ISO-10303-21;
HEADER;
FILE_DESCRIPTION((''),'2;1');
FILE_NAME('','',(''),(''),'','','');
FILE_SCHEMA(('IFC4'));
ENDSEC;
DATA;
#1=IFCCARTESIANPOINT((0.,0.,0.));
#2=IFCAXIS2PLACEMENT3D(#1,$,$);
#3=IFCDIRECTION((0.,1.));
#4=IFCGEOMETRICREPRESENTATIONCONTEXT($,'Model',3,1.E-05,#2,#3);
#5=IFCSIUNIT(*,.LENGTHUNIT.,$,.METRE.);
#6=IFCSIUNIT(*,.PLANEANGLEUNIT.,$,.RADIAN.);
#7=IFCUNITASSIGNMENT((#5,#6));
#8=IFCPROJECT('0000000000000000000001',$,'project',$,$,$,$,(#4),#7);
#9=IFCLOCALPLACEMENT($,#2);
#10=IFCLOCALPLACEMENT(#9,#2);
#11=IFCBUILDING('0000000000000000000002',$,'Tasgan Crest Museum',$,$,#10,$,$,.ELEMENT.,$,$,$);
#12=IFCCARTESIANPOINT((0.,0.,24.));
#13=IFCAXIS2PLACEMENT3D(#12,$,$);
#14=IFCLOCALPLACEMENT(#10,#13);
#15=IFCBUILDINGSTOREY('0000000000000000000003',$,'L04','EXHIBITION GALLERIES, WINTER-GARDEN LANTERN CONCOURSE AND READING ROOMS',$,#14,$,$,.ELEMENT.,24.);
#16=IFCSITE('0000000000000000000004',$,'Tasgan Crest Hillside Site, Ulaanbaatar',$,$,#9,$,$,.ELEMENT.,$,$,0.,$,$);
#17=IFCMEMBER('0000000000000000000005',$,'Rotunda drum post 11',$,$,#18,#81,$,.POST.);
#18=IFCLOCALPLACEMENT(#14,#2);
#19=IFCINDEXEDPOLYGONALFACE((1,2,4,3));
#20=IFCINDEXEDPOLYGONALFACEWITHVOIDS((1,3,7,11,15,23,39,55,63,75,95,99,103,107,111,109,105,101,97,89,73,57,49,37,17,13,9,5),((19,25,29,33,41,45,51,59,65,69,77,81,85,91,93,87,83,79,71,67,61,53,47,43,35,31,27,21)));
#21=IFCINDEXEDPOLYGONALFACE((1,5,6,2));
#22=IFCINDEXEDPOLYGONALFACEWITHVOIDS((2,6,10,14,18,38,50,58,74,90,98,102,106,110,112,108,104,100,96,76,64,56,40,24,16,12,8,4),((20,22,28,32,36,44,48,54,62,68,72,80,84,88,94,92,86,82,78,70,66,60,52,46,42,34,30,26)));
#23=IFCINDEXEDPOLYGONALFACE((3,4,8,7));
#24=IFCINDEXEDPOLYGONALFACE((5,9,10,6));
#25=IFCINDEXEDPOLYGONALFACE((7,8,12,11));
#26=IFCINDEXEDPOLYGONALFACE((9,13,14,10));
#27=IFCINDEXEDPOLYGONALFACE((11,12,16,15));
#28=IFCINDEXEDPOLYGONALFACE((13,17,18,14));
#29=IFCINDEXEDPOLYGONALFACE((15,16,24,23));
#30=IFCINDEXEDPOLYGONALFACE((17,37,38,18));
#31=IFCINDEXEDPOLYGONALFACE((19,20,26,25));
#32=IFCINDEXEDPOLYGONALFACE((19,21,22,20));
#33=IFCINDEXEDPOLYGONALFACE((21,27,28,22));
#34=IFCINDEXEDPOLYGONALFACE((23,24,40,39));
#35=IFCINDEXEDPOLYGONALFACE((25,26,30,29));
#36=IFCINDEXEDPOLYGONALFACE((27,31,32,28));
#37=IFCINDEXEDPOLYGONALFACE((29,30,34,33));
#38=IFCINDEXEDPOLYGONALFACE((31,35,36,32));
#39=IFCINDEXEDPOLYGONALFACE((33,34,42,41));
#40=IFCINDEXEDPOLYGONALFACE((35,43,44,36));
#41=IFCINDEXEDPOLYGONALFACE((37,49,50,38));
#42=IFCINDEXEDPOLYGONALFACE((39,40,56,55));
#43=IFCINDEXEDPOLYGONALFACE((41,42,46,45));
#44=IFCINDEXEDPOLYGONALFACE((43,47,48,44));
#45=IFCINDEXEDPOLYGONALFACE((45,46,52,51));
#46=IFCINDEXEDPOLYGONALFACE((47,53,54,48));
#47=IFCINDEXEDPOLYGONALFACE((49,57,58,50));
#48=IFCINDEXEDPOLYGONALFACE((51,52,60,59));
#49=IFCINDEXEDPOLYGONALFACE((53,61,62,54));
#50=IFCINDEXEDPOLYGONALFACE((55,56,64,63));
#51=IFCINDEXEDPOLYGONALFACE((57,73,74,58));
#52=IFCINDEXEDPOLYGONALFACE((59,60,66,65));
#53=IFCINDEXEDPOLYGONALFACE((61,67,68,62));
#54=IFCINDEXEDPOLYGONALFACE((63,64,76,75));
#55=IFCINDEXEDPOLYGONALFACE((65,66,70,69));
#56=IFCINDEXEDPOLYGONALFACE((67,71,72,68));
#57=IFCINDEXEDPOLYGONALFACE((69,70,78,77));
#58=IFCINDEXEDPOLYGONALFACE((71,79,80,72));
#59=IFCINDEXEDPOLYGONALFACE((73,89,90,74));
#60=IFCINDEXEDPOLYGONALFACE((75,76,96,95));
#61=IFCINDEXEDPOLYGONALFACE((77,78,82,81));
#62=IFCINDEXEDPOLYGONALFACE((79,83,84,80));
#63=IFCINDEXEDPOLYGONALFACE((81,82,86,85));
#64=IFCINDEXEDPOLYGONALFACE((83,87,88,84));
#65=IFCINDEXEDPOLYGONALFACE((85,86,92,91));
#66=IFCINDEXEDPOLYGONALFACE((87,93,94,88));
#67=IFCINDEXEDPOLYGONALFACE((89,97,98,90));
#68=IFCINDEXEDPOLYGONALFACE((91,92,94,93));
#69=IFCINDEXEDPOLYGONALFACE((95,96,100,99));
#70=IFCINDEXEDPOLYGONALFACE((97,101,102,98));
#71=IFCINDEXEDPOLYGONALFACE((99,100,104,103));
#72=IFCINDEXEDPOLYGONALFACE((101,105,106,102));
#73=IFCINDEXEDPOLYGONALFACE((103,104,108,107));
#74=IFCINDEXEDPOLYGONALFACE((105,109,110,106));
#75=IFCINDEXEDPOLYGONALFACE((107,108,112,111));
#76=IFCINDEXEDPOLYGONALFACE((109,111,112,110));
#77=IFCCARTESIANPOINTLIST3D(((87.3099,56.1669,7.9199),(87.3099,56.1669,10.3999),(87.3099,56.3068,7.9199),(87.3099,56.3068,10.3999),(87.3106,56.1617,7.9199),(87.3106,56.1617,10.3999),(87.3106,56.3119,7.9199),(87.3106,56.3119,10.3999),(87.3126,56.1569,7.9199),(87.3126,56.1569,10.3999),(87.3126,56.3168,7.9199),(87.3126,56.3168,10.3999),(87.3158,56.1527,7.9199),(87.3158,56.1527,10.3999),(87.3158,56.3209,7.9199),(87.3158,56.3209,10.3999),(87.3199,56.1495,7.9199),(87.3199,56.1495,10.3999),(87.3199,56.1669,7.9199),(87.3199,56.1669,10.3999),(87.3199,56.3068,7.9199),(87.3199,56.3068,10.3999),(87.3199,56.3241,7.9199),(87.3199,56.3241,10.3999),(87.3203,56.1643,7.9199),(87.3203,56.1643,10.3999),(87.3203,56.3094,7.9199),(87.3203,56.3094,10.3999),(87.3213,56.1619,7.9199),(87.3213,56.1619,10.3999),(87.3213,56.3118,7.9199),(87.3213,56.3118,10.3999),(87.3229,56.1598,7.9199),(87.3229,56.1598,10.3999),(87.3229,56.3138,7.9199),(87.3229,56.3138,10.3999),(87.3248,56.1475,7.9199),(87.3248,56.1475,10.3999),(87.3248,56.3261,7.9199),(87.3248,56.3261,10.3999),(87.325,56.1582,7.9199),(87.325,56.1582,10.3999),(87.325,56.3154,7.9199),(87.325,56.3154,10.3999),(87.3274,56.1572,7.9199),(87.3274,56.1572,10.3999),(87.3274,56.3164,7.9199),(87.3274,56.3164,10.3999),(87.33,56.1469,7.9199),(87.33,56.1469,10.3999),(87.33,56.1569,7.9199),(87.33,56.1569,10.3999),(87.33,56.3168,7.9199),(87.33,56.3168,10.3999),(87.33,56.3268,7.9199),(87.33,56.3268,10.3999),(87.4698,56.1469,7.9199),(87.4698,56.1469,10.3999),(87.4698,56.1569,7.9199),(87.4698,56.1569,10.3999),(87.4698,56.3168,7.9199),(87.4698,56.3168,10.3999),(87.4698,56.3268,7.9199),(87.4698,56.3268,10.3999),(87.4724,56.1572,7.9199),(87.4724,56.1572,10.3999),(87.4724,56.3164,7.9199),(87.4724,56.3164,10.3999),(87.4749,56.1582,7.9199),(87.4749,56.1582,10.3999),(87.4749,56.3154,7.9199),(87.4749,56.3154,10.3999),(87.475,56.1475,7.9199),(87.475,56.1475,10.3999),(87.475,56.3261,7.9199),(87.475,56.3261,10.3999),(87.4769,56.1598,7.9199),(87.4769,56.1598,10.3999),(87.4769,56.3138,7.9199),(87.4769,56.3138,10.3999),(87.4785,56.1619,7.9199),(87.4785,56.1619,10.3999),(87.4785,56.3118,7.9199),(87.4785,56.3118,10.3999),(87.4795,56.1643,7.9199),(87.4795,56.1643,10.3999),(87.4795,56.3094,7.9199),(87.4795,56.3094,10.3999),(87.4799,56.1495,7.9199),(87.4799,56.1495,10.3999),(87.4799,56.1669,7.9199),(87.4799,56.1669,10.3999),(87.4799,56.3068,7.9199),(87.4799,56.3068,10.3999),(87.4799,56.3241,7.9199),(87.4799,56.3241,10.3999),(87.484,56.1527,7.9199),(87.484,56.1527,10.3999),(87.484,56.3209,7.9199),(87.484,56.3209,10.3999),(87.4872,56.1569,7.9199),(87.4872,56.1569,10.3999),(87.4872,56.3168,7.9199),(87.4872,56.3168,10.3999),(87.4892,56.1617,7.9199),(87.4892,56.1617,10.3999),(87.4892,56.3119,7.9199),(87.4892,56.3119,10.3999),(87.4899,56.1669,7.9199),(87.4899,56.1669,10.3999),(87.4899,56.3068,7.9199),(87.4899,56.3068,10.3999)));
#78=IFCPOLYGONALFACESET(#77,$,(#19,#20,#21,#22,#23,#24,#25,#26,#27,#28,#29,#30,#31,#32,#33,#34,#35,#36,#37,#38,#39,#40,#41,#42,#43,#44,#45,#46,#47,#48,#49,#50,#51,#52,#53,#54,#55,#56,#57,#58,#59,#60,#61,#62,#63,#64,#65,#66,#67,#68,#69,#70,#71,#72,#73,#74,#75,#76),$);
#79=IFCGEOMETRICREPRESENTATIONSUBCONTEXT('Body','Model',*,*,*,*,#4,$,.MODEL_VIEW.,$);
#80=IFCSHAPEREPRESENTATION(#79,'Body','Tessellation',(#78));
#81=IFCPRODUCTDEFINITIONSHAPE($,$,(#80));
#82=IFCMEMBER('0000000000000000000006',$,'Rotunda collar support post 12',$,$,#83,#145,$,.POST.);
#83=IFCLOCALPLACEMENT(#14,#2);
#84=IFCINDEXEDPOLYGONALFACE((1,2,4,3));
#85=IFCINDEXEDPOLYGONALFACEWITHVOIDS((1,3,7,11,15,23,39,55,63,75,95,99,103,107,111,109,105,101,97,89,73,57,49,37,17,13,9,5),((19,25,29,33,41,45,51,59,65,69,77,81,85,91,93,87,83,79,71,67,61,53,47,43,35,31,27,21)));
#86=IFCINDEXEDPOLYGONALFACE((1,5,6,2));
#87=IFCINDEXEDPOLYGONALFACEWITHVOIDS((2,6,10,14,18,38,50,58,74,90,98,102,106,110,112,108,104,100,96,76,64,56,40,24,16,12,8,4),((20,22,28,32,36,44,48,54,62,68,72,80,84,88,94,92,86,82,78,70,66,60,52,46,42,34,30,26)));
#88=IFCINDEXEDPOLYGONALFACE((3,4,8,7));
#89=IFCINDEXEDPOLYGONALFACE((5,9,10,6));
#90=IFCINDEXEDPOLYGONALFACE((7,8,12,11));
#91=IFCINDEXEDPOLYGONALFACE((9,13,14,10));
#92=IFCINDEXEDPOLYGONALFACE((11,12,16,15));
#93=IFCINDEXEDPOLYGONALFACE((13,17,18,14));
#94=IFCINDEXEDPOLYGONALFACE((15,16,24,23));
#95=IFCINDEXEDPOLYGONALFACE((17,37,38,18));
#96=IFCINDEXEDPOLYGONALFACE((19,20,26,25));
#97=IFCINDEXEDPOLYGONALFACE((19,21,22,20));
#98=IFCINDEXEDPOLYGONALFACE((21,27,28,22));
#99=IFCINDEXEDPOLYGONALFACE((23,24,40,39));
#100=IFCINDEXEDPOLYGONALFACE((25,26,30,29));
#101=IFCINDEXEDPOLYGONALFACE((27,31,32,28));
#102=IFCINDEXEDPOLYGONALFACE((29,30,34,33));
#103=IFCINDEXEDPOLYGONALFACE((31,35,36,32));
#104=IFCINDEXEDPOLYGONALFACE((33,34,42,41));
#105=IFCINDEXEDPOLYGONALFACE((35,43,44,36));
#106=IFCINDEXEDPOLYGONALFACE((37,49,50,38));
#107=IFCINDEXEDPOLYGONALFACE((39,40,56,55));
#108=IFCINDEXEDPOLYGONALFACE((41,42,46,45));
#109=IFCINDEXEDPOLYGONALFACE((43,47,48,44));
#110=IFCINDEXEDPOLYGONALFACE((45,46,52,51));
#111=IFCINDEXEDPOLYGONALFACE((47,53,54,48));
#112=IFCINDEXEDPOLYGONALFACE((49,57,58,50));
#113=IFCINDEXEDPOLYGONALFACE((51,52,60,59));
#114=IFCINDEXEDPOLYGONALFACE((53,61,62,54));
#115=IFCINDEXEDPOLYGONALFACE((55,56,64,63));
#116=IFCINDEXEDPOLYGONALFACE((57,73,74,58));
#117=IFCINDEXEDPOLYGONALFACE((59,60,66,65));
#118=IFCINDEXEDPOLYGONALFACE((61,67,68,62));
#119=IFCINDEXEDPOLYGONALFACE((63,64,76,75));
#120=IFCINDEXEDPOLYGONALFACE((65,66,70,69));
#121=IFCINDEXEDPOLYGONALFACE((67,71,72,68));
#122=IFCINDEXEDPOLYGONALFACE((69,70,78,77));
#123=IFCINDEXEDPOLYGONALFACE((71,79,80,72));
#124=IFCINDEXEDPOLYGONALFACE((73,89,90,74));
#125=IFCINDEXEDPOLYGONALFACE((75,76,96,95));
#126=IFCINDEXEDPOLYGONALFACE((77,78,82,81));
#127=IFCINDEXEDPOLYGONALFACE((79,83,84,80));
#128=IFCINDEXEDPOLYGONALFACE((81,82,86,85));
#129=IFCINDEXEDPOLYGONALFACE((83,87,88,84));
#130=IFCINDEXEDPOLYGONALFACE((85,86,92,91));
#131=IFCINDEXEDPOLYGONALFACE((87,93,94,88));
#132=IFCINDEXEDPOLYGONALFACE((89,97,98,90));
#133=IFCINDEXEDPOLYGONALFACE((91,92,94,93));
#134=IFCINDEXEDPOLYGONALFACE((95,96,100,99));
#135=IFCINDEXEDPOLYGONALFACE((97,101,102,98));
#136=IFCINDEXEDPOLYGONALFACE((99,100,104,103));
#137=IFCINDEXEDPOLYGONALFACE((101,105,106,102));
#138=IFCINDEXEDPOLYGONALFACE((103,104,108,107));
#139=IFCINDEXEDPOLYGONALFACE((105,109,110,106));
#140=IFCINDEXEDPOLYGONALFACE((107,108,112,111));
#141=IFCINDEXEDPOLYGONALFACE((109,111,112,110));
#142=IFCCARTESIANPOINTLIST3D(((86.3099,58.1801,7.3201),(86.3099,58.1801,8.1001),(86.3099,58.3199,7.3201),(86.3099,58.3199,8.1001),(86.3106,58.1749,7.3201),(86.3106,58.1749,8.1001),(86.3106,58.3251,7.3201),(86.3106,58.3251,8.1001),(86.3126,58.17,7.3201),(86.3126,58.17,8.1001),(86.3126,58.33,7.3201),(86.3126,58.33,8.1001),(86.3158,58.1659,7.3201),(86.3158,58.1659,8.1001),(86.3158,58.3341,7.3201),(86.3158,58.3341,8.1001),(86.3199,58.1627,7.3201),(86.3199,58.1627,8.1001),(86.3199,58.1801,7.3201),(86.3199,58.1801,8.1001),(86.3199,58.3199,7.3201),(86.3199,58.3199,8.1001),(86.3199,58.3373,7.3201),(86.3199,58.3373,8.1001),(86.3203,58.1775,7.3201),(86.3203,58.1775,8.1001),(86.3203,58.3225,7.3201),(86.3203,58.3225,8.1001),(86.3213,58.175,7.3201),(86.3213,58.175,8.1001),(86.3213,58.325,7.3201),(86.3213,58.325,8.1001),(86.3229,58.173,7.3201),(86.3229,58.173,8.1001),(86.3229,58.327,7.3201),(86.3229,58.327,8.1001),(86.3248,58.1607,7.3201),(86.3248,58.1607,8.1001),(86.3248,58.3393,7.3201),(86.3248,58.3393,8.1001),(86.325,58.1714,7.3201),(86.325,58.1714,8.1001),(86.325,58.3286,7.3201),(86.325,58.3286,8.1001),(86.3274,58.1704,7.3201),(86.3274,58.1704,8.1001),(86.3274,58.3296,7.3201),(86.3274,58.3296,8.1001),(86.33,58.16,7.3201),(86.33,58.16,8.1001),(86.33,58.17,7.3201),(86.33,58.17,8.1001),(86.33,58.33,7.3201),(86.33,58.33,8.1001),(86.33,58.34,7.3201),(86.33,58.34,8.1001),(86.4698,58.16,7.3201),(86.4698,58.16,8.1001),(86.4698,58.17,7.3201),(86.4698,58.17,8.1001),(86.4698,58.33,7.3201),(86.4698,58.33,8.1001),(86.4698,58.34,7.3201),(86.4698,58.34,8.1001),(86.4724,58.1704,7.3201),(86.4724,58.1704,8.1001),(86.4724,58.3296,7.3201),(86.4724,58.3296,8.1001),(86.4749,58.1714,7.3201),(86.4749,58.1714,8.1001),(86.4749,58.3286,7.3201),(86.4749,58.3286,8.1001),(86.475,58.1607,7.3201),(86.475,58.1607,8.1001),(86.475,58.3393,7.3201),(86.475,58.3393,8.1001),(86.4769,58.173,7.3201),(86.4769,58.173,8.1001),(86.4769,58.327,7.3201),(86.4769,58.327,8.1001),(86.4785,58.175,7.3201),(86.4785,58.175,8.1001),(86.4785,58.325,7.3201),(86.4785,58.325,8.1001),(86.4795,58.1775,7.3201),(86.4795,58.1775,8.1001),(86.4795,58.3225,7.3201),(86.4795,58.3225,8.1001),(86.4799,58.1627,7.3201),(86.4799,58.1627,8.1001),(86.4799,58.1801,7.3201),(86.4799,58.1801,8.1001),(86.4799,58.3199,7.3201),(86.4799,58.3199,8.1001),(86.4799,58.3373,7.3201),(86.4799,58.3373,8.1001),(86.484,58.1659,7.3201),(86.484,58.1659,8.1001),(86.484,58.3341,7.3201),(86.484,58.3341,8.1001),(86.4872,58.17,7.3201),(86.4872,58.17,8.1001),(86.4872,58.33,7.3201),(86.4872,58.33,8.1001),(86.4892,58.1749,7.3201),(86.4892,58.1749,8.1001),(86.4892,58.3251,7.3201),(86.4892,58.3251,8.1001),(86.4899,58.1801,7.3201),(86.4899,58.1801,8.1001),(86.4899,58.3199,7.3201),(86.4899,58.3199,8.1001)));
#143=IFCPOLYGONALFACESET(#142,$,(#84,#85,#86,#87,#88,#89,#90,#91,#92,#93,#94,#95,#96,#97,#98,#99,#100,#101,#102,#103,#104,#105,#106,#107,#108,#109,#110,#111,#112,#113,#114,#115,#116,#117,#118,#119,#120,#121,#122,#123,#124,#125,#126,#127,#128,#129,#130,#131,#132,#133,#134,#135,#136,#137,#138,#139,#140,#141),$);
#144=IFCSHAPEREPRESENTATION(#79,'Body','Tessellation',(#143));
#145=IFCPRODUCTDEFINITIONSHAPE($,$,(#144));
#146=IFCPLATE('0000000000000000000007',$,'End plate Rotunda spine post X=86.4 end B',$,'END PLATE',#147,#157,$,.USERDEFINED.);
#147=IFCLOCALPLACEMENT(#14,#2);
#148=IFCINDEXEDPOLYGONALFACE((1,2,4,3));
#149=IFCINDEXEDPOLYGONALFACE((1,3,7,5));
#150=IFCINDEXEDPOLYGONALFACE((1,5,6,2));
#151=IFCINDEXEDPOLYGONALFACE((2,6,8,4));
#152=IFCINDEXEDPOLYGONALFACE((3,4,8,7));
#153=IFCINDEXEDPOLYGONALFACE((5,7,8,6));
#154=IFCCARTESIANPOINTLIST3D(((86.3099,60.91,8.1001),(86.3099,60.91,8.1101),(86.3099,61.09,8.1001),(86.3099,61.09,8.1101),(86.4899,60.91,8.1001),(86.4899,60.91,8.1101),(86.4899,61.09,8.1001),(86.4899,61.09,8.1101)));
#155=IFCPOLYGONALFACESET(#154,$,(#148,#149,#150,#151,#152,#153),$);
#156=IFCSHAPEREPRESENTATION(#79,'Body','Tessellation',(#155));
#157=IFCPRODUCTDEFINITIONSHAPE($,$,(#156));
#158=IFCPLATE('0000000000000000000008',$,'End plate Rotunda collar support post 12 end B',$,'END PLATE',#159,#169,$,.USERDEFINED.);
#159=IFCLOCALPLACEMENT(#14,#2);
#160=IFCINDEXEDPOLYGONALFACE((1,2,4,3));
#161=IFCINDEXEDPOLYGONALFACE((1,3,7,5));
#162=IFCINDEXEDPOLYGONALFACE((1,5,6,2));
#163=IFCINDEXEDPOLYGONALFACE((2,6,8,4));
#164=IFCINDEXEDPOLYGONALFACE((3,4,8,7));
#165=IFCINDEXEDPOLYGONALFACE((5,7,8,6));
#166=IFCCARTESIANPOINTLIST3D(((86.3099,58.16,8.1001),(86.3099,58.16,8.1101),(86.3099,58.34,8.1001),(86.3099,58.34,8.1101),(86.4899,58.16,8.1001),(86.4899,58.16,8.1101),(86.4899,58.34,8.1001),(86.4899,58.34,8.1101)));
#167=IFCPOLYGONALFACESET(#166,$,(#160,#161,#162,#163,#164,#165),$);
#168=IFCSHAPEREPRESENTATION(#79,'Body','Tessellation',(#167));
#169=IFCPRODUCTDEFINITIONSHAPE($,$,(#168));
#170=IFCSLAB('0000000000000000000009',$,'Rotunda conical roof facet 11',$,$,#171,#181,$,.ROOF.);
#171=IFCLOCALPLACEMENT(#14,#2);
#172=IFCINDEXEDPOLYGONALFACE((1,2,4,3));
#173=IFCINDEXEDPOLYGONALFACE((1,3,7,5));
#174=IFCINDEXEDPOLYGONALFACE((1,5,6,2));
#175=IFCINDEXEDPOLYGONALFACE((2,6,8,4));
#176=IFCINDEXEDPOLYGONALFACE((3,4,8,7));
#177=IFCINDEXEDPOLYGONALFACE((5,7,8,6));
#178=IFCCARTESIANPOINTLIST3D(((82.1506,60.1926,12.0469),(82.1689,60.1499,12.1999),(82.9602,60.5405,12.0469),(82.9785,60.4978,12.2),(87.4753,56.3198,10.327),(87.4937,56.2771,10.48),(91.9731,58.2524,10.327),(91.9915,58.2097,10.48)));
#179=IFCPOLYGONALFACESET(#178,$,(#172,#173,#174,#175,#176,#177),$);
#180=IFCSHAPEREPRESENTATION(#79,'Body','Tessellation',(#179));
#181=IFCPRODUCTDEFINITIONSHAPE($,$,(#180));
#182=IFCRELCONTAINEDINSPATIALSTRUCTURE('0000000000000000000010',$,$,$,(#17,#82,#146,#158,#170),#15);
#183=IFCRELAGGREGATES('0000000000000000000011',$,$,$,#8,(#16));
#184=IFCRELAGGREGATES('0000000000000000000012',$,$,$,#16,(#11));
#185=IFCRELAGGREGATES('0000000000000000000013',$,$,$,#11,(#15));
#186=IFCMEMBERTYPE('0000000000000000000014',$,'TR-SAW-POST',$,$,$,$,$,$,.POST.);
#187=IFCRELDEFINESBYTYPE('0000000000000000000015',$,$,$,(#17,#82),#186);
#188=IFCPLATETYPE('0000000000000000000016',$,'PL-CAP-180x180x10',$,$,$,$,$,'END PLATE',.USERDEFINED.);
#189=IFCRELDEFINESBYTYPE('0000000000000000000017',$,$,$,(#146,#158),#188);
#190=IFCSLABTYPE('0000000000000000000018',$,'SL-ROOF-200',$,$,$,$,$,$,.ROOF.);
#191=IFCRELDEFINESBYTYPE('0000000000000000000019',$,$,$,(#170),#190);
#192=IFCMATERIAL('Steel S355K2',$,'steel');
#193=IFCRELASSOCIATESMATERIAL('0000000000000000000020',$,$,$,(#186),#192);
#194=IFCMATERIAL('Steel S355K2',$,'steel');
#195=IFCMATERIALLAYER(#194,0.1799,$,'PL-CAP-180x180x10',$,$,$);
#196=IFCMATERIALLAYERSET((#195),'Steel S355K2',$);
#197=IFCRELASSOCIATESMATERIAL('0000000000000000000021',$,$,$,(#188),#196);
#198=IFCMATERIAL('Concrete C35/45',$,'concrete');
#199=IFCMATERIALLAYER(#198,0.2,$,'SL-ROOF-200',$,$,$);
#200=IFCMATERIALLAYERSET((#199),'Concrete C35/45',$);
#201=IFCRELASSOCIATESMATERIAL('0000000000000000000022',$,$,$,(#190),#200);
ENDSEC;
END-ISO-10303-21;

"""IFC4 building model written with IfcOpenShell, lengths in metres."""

from ifc_helpers import new_model, si_unit, direction, frame, origin, origin_2d, place, context, subcontext, project, spatial, polyline, rectangle, hollow_rectangle, outline, extrude, material, layer, layer_set, material_profile, profile_set, type_object, element, save


model = new_model("IFC4")

# Units and contexts
model_context = context("Model", 3, precision=1e-05, world=origin(), true_north=direction((0.0, 1.0)))
body_context = subcontext(model_context, "Body", "Model", "MODEL_VIEW")
ifc_project = project(units=[si_unit("LENGTHUNIT", "METRE"), si_unit("PLANEANGLEUNIT", "RADIAN")], contexts=[model_context])

# Site, building, storey
site_placement = place(None, origin())
site = spatial("IfcSite", under=ifc_project, at=site_placement, Name="Tasgan Crest Hillside Site, Ulaanbaatar", CompositionType="ELEMENT", RefElevation=0.0)
building_placement = place(site_placement, origin())
building = spatial("IfcBuilding", under=site, at=building_placement, Name="Tasgan Crest Museum", CompositionType="ELEMENT")
storey_placement = place(building_placement, frame((0.0, 0.0, 24.0)))
storey = spatial("IfcBuildingStorey", under=building, at=storey_placement, Name="L04", Description="EXHIBITION GALLERIES, WINTER-GARDEN LANTERN CONCOURSE AND READING ROOMS", CompositionType="ELEMENT", Elevation=24.0)

# Members
ifc_material_1 = material(Name="Steel S355K2", Category="steel")
ifc_material_profile_1 = material_profile(ifc_material_1, hollow_rectangle(XDim=0.1799, YDim=0.1799, WallThickness=0.01, InnerFilletRadius=0.01, OuterFilletRadius=0.02, at=origin_2d()), Name="SHS 180x180x10")
ifc_profile_set_1 = profile_set([ifc_material_profile_1], Name="Steel S355K2")
member_type_1 = type_object("IfcMemberType", Name="TR-SAW-POST", PredefinedType="POST", material=ifc_profile_set_1)
member_1_placement = place(storey_placement, frame((87.3999, 56.2368, 7.9199), z_axis=(0.0, 0.0, 1.0), x_axis=(1.0, 0.0, 0.0)))
element("IfcMember", 1, at=member_1_placement, inside=storey, type_object=member_type_1, Name="Rotunda drum post 11", PredefinedType="POST", context=body_context, shape_type="SweptSolid", body=[
    extrude(hollow_rectangle(XDim=0.1799, YDim=0.1799, WallThickness=0.01, InnerFilletRadius=0.01, OuterFilletRadius=0.02, at=origin_2d()), origin(), (0.0, 0.0, 1.0), 2.48),
])
member_2_placement = place(storey_placement, frame((86.3999, 58.25, 7.3201), z_axis=(0.0, 0.0, 1.0), x_axis=(1.0, 0.0, 0.0)))
element("IfcMember", 2, at=member_2_placement, inside=storey, type_object=member_type_1, Name="Rotunda collar support post 12", PredefinedType="POST", context=body_context, shape_type="SweptSolid", body=[
    extrude(hollow_rectangle(XDim=0.1799, YDim=0.1799, WallThickness=0.01, InnerFilletRadius=0.01, OuterFilletRadius=0.02, at=origin_2d()), origin(), (0.0, 0.0, 1.0), 0.78),
])

# Plates
ifc_material_2 = material(Name="Steel S355K2", Category="steel")
ifc_layer_1 = layer(ifc_material_2, 0.1799, Name="PL-CAP-180x180x10")
ifc_layer_set_1 = layer_set([ifc_layer_1], Name="Steel S355K2")
plate_type = type_object("IfcPlateType", Name="PL-CAP-180x180x10", ElementType="END PLATE", PredefinedType="USERDEFINED", material=ifc_layer_set_1)
for number, where, z_axis, x_axis, name in (
    (3, (86.3999, 61.0, 8.1001), (0.0, 0.0, 1.0), (1.0, 0.0, 0.0), "End plate Rotunda spine post X=86.4 end B"),
    (4, (86.3999, 58.25, 8.1001), (0.0, 0.0, 1.0), (1.0, 0.0, 0.0), "End plate Rotunda collar support post 12 end B"),
):
    element("IfcPlate", number, at=place(storey_placement, frame(where, z_axis=z_axis, x_axis=x_axis)), inside=storey, type_object=plate_type, Name=name, ObjectType="END PLATE", PredefinedType="USERDEFINED", context=body_context, shape_type="SweptSolid", body=[
        extrude(rectangle(XDim=0.1799, YDim=0.1799, at=origin_2d()), origin(), (0.0, 0.0, 1.0), 0.01),
    ])

# Slab
ifc_material_3 = material(Name="Concrete C35/45", Category="concrete")
ifc_layer_2 = layer(ifc_material_3, 0.2, Name="SL-ROOF-200")
ifc_layer_set_2 = layer_set([ifc_layer_2], Name="Concrete C35/45")
slab_type = type_object("IfcSlabType", Name="SL-ROOF-200", PredefinedType="ROOF", material=ifc_layer_set_2)
slab_placement = place(storey_placement, frame((87.4937, 56.2771, 10.48), z_axis=(0.114778, -0.26712, 0.956803), x_axis=(0.918776, 0.39478, -0.000002)))
element("IfcSlab", 5, at=slab_placement, inside=storey, type_object=slab_type, Name="Rotunda conical roof facet 11", PredefinedType="ROOF", context=body_context, shape_type="SweptSolid", body=[
    extrude(outline(polyline([(0.0, 0.0), (4.8954, 0.0), (-2.4821, 5.9159), (-3.3633, 5.9159), (0.0, 0.0)])), origin(), (0.0, 0.0, -1.0), 0.1599),
])

save(model, "model.ifc")
